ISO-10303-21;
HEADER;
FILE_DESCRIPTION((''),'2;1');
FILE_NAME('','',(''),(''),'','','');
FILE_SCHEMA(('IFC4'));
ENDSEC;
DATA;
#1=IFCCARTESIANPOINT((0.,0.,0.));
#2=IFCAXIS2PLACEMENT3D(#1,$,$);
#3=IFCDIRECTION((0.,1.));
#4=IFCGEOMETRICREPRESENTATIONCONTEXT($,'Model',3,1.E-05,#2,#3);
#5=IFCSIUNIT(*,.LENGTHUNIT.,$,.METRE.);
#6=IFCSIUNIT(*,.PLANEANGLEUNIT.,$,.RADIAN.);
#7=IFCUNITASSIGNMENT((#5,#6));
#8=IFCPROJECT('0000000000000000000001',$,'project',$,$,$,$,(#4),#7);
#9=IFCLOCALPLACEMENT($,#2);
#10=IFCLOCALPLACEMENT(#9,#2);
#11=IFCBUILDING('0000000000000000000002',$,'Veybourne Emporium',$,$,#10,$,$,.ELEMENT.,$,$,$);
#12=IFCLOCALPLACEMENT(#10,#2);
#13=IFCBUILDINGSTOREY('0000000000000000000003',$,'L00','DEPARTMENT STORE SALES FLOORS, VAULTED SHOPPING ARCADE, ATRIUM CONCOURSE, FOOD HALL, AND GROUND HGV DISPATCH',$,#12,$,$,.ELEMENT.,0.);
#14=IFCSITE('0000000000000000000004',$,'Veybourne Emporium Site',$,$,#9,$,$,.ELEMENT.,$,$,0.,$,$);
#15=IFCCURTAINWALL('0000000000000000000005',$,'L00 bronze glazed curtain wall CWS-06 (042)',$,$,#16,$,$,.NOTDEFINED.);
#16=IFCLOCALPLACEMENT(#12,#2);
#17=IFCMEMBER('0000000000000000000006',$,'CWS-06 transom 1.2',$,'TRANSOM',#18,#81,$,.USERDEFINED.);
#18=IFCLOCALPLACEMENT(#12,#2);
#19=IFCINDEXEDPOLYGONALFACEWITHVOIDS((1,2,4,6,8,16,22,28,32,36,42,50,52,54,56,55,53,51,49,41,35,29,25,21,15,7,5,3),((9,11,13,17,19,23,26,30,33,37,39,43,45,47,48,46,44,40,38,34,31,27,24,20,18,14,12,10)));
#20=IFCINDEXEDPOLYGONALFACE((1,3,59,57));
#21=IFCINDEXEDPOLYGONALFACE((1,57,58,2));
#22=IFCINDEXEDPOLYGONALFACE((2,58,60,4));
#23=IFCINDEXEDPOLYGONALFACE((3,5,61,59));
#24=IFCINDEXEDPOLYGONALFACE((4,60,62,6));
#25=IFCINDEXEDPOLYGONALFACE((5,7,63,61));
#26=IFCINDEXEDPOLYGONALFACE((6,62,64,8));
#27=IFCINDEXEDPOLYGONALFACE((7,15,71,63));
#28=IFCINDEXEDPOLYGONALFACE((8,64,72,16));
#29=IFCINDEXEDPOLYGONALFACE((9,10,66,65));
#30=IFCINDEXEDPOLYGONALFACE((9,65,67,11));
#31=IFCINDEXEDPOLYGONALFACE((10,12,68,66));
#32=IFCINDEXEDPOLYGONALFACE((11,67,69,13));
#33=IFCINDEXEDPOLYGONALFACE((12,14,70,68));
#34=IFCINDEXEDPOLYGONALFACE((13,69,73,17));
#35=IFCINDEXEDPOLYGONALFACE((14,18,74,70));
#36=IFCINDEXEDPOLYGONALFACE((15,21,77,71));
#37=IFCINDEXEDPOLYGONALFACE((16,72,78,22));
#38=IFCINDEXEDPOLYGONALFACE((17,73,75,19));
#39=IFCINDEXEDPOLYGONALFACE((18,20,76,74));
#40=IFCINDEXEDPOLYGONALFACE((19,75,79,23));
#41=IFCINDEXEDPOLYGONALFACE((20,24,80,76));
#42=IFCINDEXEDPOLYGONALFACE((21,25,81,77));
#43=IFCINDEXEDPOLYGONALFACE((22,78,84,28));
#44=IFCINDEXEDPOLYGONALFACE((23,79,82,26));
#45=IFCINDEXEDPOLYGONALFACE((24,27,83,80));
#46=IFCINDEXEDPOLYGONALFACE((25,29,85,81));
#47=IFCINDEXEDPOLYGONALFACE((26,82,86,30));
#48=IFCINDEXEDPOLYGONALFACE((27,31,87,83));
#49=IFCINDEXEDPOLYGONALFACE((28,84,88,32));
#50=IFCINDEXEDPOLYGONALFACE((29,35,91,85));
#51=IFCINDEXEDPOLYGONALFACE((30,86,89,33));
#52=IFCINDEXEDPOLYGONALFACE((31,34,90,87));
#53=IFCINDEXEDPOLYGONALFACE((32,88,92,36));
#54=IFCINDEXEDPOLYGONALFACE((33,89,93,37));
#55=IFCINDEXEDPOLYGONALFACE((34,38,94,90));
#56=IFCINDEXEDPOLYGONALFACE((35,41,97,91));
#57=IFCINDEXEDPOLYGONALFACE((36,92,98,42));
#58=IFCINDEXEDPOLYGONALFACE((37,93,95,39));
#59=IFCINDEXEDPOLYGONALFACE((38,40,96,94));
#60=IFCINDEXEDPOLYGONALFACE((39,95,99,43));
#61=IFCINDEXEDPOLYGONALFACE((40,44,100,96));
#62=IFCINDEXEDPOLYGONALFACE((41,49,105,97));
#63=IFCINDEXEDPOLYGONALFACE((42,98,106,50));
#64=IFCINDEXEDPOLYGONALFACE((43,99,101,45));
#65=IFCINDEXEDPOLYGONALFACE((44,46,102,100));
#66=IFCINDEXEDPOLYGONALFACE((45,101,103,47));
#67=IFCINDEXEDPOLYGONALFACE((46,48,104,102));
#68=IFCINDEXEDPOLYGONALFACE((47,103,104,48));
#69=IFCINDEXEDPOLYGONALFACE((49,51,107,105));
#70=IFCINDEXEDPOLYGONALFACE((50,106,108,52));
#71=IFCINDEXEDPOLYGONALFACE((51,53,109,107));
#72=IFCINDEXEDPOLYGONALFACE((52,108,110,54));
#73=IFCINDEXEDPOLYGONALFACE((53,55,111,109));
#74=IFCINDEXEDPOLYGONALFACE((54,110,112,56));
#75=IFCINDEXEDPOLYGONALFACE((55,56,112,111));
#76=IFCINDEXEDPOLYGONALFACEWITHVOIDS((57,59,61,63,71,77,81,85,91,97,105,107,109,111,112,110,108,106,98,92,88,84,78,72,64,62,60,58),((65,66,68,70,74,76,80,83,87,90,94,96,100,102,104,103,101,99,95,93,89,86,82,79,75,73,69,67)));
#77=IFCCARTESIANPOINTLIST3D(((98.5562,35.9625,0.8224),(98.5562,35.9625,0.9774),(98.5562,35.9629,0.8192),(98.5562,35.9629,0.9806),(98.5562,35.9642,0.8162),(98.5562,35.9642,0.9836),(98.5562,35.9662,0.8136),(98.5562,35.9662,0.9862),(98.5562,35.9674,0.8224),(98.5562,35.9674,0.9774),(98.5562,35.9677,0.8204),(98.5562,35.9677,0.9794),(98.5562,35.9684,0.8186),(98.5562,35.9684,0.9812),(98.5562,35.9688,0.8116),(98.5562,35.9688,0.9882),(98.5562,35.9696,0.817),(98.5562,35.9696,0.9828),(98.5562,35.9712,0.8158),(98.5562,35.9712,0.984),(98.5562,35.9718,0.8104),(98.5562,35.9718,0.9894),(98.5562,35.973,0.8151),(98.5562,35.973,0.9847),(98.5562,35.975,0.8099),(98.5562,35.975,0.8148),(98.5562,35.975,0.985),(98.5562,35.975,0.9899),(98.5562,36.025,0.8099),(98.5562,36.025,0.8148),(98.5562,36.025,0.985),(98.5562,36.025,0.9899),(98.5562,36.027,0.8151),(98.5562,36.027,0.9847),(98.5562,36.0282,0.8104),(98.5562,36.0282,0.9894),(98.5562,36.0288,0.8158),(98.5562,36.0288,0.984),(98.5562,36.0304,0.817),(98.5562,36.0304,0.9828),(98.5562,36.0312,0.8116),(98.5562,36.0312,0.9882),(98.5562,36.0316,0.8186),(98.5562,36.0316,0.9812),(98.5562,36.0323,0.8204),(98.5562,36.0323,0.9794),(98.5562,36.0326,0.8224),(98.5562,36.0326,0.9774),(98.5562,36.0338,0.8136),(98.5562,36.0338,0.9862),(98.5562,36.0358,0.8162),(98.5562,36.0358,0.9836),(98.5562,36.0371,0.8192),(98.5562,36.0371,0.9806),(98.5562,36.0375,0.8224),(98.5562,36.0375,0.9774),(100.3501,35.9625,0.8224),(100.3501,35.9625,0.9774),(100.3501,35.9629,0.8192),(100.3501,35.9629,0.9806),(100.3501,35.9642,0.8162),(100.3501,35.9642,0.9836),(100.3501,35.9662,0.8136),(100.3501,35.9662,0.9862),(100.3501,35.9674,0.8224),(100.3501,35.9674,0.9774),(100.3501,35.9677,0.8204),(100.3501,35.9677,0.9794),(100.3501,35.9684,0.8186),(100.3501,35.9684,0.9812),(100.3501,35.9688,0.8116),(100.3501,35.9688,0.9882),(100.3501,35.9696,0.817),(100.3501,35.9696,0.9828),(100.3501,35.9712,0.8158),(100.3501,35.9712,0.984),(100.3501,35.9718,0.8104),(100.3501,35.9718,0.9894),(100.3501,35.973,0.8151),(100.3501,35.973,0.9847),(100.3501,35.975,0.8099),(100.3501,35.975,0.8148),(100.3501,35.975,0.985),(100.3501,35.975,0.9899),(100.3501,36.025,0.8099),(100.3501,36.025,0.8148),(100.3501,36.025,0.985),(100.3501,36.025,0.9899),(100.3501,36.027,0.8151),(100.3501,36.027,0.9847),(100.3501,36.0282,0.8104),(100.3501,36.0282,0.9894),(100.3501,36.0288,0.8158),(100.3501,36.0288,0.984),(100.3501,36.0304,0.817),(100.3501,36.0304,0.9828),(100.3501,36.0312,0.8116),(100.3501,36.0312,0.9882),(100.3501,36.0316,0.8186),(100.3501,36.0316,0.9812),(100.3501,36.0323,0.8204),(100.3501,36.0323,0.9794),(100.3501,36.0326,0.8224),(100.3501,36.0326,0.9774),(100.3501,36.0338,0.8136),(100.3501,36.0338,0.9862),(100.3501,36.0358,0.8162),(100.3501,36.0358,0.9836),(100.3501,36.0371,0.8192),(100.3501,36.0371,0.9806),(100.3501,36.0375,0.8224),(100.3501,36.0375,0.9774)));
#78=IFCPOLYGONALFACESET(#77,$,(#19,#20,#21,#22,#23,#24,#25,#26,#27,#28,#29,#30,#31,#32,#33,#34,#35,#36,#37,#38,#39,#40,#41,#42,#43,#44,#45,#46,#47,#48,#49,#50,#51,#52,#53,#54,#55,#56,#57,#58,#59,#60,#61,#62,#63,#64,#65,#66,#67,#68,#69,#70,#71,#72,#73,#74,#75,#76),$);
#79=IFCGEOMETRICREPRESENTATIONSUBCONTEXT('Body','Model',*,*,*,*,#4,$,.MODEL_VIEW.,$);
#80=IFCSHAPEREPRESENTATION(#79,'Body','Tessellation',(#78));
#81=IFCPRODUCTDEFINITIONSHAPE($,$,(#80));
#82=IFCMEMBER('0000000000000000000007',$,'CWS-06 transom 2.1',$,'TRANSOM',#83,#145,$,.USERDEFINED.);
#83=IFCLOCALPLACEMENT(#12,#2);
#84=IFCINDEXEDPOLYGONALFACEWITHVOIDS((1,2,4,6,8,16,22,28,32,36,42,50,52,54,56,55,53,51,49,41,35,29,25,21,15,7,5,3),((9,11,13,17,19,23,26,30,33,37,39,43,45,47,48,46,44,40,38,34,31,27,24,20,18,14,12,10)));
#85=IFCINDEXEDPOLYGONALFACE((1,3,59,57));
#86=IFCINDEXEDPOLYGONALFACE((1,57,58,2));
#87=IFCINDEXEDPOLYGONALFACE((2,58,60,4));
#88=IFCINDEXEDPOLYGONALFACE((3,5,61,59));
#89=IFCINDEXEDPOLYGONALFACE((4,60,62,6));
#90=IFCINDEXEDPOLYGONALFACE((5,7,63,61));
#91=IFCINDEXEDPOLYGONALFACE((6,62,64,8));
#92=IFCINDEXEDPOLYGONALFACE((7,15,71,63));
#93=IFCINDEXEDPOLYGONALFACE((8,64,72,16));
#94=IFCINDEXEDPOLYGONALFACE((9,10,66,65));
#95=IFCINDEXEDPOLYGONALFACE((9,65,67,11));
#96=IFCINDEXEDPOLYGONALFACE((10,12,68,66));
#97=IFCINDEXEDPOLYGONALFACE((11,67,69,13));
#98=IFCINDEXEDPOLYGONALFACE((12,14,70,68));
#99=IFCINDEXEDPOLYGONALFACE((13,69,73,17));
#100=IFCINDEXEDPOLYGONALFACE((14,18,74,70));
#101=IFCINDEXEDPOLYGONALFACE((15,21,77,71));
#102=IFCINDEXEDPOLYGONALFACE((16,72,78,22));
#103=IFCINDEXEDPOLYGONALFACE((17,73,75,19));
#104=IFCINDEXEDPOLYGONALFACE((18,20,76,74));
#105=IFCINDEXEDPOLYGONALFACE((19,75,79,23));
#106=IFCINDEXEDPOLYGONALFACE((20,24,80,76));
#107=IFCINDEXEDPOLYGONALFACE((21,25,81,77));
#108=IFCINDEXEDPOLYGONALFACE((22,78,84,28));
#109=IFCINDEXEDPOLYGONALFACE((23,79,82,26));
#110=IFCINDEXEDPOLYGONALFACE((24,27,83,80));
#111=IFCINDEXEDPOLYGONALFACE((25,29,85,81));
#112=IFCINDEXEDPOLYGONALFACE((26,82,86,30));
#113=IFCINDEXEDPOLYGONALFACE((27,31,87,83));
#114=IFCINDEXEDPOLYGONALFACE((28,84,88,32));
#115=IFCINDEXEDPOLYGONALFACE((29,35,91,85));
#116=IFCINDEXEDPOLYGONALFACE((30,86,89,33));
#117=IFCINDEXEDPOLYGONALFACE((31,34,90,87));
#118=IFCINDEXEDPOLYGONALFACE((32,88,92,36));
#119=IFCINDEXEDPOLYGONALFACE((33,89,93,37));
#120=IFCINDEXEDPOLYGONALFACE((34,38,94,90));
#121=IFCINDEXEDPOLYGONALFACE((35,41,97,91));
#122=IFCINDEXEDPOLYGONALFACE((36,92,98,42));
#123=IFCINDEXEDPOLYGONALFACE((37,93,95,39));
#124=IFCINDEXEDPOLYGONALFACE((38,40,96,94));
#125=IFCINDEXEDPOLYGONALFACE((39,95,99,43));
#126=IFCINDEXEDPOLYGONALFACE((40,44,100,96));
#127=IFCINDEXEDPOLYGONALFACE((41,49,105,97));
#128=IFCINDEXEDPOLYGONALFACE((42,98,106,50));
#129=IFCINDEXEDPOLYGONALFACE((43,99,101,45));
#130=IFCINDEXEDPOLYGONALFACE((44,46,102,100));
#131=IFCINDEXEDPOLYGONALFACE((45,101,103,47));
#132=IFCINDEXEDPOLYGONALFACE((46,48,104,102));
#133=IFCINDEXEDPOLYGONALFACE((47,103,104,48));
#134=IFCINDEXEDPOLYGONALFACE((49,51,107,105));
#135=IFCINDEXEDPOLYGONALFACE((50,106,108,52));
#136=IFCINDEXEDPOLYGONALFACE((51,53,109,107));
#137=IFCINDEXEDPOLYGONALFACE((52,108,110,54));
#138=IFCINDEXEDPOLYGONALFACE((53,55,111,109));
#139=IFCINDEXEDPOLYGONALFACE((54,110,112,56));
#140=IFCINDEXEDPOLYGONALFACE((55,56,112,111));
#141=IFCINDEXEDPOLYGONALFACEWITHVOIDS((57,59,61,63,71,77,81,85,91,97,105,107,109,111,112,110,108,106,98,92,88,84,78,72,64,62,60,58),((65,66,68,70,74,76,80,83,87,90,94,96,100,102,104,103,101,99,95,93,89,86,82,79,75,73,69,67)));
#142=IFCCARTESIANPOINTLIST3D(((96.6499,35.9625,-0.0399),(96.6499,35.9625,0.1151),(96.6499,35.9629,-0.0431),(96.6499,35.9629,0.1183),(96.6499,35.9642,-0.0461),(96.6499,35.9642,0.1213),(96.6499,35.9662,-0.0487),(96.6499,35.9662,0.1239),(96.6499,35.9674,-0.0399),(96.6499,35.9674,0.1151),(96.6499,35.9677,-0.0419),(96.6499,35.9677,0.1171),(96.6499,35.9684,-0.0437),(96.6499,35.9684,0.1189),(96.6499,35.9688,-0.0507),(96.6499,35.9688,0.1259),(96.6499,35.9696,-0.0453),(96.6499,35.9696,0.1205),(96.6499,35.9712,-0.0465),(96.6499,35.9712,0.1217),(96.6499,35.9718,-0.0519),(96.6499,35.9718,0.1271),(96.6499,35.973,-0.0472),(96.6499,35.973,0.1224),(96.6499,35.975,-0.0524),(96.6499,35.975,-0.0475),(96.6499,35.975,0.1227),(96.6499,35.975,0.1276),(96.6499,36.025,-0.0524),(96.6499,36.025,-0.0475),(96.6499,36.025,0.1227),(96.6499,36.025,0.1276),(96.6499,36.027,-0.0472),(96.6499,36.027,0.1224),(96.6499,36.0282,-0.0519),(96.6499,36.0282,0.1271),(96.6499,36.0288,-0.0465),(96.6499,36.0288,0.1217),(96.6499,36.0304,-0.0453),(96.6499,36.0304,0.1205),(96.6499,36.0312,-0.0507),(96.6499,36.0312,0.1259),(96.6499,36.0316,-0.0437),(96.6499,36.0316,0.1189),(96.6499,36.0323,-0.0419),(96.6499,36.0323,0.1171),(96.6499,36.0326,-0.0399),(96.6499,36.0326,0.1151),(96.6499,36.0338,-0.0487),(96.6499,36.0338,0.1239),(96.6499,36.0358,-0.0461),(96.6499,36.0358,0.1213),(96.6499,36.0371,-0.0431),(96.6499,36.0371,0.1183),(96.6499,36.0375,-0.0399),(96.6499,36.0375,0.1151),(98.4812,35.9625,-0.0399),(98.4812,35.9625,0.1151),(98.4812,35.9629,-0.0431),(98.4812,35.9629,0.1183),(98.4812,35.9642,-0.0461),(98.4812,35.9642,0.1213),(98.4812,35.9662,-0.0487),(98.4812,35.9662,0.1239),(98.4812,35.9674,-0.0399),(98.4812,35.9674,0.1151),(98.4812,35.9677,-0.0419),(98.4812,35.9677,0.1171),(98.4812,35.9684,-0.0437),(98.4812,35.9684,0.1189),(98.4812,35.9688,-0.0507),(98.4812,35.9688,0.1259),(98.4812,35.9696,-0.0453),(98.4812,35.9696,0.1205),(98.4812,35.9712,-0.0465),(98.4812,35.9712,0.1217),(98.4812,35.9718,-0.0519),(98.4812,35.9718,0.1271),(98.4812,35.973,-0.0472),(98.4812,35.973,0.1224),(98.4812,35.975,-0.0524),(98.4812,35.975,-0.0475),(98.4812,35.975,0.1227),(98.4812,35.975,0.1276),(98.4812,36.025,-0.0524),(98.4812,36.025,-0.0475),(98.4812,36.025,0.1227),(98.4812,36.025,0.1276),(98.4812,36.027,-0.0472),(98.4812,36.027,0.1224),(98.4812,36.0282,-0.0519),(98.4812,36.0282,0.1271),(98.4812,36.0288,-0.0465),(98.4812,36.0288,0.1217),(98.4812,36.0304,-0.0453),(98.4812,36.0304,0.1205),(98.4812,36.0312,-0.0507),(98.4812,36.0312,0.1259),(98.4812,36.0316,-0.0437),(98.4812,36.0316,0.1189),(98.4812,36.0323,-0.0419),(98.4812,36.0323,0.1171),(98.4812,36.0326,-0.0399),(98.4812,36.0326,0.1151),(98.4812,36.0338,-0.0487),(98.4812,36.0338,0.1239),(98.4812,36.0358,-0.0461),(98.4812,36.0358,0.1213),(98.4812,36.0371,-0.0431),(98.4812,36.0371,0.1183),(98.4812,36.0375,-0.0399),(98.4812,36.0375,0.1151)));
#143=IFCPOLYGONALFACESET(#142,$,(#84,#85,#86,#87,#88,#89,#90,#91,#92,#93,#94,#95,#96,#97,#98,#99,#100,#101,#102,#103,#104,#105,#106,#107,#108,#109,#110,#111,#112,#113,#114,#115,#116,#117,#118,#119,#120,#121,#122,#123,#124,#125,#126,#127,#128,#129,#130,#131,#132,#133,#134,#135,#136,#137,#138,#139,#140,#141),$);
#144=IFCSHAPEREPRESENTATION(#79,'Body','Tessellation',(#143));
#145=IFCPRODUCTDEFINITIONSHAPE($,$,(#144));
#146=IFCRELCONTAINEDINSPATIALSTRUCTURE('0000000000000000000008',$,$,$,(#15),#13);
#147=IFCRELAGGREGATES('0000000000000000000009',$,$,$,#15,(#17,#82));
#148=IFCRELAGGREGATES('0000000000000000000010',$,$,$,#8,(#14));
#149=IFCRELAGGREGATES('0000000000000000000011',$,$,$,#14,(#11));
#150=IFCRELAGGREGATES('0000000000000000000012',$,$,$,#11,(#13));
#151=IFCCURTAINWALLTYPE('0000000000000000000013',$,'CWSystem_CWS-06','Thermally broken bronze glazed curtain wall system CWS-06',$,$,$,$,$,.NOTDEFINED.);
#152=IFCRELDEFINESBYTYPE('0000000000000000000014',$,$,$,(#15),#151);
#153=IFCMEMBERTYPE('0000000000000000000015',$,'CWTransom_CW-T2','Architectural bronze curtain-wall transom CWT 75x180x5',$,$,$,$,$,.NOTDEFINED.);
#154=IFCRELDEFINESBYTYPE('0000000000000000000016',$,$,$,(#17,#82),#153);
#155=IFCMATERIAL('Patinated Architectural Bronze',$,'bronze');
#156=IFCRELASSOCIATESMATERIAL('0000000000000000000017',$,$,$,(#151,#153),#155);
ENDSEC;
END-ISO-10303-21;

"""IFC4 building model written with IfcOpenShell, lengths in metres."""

from ifc_helpers import new_model, si_unit, direction, frame, origin, origin_2d, place, context, subcontext, project, spatial, hollow_rectangle, extrude, material, material_profile, profile_set, type_object, element, aggregate, save


model = new_model("IFC4")

# Units and contexts
model_context = context("Model", 3, precision=1e-05, world=origin(), true_north=direction((0.0, 1.0)))
body_context = subcontext(model_context, "Body", "Model", "MODEL_VIEW")
ifc_project = project(units=[si_unit("LENGTHUNIT", "METRE"), si_unit("PLANEANGLEUNIT", "RADIAN")], contexts=[model_context])

# Site, building, storey
site_placement = place(None, origin())
site = spatial("IfcSite", under=ifc_project, at=site_placement, Name="Veybourne Emporium Site", CompositionType="ELEMENT", RefElevation=0.0)
building_placement = place(site_placement, origin())
building = spatial("IfcBuilding", under=site, at=building_placement, Name="Veybourne Emporium", CompositionType="ELEMENT")
storey_placement = place(building_placement, origin())
storey = spatial("IfcBuildingStorey", under=building, at=storey_placement, Name="L00", Description="DEPARTMENT STORE SALES FLOORS, VAULTED SHOPPING ARCADE, ATRIUM CONCOURSE, FOOD HALL, AND GROUND HGV DISPATCH", CompositionType="ELEMENT", Elevation=0.0)

# Curtain wall
ifc_material_1 = material(Name="Patinated Architectural Bronze", Category="bronze")
curtain_wall_type_1 = type_object("IfcCurtainWallType", Name="CWSystem_CWS-06", Description="Thermally broken bronze glazed curtain wall system CWS-06", PredefinedType="NOTDEFINED", material=ifc_material_1)
curtain_wall_1_placement = place(storey_placement, origin())
curtain_wall_1 = element("IfcCurtainWall", 1, at=curtain_wall_1_placement, inside=storey, type_object=curtain_wall_type_1, Name="L00 bronze glazed curtain wall CWS-06 (042)", PredefinedType="NOTDEFINED")

# Members
ifc_material_profile_1 = material_profile(ifc_material_1, hollow_rectangle(XDim=0.075, YDim=0.1799, WallThickness=0.0049, InnerFilletRadius=0.0076, OuterFilletRadius=0.0125, at=origin_2d()), Name="CWT 75x180x5")
ifc_profile_set_1 = profile_set([ifc_material_profile_1], Name="Patinated Architectural Bronze")
member_type_1 = type_object("IfcMemberType", Name="CWTransom_CW-T2", Description="Architectural bronze curtain-wall transom CWT 75x180x5", PredefinedType="NOTDEFINED", material=ifc_profile_set_1)
member_1_placement = place(storey_placement, frame((100.3501, 36.0, 0.8999), z_axis=(-1.0, 0.0, 0.0), x_axis=(0.0, -1.0, 0.0)))
member_1 = element("IfcMember", 2, at=member_1_placement, type_object=member_type_1, Name="CWS-06 transom 1.2", ObjectType="TRANSOM", PredefinedType="USERDEFINED", context=body_context, shape_type="SweptSolid", body=[
    extrude(hollow_rectangle(XDim=0.075, YDim=0.1799, WallThickness=0.0049, InnerFilletRadius=0.0076, OuterFilletRadius=0.0125, at=origin_2d()), origin(), (0.0, 0.0, 1.0), 1.7939),
])
member_2_placement = place(storey_placement, frame((98.4812, 36.0, 0.0376), z_axis=(-1.0, 0.0, 0.0), x_axis=(0.0, -1.0, 0.0)))
member_2 = element("IfcMember", 3, at=member_2_placement, type_object=member_type_1, Name="CWS-06 transom 2.1", ObjectType="TRANSOM", PredefinedType="USERDEFINED", context=body_context, shape_type="SweptSolid", body=[
    extrude(hollow_rectangle(XDim=0.075, YDim=0.1799, WallThickness=0.0049, InnerFilletRadius=0.0076, OuterFilletRadius=0.0125, at=origin_2d()), origin(), (0.0, 0.0, 1.0), 1.8313),
])

aggregate(curtain_wall_1, [member_1, member_2])

save(model, "model.ifc")
